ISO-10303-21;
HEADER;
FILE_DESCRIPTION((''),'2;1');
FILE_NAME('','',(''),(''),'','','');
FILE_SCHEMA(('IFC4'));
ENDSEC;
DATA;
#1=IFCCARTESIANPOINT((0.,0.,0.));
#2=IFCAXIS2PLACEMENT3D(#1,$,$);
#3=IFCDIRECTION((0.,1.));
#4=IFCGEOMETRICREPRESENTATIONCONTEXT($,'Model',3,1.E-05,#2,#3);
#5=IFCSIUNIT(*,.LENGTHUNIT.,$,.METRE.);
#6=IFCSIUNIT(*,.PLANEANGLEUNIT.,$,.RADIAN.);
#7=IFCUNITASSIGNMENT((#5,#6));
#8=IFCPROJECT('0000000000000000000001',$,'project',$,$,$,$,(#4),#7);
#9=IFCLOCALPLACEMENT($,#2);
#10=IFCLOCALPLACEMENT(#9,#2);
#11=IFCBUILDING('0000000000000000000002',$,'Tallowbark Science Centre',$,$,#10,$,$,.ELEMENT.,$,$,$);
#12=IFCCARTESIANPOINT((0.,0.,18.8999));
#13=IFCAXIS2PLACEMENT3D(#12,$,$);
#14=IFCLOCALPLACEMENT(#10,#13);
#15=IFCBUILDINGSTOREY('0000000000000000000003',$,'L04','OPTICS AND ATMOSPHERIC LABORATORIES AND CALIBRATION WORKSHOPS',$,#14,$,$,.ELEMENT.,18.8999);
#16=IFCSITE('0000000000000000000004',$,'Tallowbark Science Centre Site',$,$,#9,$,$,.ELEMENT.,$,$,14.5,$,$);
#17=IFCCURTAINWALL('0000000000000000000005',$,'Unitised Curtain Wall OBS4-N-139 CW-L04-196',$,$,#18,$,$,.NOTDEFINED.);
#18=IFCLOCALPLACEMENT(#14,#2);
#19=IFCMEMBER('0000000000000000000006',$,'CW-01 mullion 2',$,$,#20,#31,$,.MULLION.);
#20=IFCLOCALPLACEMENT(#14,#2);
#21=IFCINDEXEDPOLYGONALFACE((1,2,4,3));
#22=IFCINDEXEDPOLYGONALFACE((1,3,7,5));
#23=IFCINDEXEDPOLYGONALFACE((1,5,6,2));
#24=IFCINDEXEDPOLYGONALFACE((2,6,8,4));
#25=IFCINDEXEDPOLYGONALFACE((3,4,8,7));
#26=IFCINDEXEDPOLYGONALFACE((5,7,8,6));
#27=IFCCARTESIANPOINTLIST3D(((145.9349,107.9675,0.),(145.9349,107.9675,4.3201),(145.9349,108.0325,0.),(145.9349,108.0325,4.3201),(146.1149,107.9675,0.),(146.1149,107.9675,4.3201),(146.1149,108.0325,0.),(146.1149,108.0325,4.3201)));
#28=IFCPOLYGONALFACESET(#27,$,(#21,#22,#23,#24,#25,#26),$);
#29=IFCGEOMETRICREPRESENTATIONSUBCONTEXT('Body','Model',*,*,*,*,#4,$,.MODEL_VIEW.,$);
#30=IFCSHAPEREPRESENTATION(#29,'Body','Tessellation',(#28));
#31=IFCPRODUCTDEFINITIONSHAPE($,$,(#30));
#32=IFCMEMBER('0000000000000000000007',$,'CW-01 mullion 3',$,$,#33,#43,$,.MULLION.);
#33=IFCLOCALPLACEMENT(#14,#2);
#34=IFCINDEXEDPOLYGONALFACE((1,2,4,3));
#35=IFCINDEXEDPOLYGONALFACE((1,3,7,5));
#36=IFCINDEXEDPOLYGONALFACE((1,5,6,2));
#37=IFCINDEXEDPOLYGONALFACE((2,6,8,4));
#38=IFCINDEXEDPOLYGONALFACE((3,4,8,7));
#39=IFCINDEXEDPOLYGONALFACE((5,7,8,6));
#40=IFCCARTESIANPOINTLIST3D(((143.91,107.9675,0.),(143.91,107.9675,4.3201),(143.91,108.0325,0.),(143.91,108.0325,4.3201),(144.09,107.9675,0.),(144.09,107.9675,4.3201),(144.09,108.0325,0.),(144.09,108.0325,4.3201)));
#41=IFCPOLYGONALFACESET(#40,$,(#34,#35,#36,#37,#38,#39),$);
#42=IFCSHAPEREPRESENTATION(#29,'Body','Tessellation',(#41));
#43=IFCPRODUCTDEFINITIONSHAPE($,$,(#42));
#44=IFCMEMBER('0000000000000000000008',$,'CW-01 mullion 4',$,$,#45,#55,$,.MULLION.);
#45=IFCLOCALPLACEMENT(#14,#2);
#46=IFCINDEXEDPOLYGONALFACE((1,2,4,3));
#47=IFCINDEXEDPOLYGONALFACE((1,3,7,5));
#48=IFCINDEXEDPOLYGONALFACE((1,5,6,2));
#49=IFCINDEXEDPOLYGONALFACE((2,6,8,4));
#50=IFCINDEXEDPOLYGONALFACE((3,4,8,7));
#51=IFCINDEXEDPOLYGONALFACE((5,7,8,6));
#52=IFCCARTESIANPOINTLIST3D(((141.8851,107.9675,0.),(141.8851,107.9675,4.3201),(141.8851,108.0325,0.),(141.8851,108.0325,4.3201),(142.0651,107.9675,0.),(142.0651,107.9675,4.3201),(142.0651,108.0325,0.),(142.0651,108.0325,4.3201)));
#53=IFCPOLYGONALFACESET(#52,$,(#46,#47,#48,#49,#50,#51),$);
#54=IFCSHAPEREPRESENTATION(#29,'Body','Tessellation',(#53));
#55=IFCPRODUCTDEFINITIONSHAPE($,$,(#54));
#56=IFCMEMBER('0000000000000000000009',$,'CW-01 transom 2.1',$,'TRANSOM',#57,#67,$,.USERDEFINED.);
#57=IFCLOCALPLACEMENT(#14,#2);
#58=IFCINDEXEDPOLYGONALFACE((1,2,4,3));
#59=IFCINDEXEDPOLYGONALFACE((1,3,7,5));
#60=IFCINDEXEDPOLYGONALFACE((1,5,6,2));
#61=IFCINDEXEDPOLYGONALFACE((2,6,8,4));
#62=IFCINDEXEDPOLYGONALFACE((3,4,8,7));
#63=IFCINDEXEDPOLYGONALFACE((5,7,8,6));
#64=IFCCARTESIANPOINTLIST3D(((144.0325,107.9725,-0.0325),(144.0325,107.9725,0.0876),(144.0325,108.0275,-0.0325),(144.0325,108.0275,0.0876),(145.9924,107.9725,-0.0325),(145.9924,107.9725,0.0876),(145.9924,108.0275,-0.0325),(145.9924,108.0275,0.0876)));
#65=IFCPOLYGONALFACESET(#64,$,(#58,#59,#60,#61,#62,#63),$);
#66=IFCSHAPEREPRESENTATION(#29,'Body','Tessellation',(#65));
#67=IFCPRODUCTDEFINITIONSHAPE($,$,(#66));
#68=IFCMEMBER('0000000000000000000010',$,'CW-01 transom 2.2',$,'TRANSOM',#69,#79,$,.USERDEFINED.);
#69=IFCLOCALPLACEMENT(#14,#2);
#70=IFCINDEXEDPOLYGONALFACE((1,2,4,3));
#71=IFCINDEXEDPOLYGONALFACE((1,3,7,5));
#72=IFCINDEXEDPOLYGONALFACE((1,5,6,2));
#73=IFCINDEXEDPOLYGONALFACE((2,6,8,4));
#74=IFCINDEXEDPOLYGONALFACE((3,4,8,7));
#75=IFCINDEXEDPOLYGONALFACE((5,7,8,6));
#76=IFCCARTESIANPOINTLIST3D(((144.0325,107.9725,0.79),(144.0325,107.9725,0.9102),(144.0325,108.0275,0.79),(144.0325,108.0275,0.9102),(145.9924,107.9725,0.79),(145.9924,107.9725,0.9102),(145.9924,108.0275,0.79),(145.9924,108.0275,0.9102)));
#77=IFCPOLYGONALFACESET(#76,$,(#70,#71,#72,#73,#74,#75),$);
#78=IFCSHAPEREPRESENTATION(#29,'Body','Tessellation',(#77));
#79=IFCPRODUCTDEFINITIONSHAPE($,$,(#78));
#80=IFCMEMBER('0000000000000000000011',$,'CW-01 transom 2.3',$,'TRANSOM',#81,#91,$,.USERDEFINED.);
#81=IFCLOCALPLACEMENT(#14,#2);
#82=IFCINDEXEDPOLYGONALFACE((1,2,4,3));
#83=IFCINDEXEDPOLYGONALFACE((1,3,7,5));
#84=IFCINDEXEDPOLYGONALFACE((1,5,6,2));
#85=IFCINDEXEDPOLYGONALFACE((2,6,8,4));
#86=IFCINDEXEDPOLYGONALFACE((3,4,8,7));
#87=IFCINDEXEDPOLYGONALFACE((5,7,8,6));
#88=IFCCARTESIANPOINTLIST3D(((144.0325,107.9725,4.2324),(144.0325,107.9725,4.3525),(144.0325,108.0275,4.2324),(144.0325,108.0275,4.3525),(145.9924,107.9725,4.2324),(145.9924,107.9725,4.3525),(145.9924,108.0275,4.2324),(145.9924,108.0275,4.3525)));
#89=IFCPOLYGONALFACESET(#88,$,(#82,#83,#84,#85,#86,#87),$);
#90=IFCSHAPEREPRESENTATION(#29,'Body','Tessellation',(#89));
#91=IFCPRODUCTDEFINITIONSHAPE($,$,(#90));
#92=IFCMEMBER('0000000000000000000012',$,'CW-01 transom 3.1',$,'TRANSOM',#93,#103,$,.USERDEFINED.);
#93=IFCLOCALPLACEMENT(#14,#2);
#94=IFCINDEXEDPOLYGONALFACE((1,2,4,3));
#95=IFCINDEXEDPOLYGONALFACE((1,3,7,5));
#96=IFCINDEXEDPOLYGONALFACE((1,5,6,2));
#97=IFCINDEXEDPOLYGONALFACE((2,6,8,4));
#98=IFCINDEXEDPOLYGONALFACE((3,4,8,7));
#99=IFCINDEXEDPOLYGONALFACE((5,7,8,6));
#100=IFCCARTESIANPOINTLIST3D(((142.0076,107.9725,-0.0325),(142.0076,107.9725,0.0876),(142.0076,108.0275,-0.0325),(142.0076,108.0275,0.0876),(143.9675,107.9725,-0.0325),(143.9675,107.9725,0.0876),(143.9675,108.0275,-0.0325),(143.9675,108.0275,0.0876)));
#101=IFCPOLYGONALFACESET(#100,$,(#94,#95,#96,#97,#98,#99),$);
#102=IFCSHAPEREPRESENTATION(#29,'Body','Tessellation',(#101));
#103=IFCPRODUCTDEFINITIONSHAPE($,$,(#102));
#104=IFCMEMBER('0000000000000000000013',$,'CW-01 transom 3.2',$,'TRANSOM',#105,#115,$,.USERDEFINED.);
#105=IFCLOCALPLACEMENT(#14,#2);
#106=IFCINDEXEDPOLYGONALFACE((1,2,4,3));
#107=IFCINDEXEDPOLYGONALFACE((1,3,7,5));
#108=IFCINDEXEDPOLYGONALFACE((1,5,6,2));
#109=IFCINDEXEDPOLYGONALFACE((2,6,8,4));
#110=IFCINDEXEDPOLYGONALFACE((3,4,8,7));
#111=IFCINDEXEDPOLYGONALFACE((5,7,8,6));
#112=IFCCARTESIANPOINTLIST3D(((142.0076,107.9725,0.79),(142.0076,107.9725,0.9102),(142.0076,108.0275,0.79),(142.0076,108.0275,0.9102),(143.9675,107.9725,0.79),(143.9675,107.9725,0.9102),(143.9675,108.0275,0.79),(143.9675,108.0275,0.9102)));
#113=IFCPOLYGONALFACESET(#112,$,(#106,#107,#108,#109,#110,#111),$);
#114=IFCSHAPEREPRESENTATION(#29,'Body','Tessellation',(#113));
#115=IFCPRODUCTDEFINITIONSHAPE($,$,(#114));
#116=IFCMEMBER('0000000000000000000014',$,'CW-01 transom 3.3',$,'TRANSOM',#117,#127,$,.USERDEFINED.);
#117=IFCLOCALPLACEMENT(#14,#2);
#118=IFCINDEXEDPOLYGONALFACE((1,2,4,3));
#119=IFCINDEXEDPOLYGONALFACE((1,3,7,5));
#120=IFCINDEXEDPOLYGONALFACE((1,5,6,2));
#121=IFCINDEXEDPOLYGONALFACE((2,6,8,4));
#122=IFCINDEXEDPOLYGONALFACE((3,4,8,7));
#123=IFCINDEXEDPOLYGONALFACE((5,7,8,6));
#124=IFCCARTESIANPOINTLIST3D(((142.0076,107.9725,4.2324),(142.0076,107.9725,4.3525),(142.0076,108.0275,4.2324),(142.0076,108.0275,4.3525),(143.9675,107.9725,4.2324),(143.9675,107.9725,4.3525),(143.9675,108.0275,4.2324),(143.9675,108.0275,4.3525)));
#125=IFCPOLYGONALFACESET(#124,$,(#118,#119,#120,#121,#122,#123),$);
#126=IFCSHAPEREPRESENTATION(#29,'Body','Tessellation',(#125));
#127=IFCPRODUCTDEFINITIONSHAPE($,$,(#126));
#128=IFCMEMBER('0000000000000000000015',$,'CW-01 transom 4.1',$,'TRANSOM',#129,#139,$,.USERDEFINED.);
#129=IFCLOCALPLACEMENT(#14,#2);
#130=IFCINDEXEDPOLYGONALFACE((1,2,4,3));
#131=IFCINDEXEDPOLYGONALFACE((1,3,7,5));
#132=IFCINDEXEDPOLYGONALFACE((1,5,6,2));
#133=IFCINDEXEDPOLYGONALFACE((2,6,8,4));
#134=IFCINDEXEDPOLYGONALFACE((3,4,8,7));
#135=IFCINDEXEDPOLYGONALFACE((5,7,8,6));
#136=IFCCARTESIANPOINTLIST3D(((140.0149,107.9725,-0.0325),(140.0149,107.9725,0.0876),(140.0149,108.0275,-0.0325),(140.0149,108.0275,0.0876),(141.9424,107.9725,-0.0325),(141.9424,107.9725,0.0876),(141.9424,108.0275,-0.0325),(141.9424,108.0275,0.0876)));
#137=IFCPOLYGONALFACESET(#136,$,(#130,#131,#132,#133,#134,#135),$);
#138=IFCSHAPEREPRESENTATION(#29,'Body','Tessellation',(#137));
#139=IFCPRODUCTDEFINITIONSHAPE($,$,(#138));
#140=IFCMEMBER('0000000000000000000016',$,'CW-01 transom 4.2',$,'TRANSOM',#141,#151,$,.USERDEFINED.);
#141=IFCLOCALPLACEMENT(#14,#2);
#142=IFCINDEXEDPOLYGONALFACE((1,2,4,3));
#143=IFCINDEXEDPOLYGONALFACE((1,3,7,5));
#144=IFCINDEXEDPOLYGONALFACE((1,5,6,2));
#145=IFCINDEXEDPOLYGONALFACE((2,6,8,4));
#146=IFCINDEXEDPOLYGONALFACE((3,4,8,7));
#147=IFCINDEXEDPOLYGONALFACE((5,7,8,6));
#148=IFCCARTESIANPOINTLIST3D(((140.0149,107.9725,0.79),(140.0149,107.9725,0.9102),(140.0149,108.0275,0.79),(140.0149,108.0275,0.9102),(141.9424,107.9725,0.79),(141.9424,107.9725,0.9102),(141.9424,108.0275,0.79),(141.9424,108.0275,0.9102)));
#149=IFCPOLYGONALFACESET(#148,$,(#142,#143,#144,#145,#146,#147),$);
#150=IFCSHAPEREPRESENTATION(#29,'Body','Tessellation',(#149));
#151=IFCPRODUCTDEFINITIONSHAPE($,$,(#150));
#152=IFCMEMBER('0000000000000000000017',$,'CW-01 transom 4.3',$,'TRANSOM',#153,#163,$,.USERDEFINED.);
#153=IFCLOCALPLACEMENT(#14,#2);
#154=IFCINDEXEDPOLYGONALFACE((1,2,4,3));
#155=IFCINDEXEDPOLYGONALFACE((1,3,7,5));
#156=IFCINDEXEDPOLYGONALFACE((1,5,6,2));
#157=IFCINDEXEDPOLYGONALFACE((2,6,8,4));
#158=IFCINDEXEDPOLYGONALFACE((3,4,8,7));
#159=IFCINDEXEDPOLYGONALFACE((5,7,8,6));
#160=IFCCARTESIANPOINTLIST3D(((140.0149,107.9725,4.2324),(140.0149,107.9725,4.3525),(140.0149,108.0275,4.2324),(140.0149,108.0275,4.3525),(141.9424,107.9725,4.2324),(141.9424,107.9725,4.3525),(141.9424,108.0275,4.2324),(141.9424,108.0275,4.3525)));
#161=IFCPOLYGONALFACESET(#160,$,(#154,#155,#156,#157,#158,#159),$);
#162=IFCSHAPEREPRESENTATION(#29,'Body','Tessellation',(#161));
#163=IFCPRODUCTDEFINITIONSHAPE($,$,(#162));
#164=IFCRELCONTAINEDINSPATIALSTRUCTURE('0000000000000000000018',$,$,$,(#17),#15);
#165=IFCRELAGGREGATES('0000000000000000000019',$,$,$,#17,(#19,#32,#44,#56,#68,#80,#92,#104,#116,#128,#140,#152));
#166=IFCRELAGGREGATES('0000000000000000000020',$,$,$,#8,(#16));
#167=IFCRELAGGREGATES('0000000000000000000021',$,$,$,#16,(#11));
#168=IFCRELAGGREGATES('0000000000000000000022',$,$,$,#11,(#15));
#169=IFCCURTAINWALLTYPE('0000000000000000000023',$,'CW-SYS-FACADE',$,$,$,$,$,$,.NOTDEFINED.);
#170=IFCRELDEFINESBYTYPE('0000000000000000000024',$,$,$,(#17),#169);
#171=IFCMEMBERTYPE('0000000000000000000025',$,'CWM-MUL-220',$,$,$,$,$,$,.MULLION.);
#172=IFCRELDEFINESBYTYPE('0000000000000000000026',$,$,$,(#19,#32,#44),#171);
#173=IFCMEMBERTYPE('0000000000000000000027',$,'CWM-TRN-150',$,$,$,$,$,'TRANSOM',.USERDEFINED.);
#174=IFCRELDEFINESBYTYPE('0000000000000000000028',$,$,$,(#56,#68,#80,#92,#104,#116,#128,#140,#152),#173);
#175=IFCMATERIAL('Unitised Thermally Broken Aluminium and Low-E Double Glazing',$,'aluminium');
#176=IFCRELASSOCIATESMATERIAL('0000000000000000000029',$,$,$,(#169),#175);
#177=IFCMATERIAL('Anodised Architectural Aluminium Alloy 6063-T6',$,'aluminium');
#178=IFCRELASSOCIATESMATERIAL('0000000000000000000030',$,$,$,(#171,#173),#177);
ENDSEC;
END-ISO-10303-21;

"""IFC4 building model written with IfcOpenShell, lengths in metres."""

from ifc_helpers import new_model, si_unit, direction, frame, origin, origin_2d, place, context, subcontext, project, spatial, rectangle, extrude, material, material_profile, profile_set, type_object, element, aggregate, save


model = new_model("IFC4")

# Units and contexts
model_context = context("Model", 3, precision=1e-05, world=origin(), true_north=direction((0.0, 1.0)))
body_context = subcontext(model_context, "Body", "Model", "MODEL_VIEW")
ifc_project = project(units=[si_unit("LENGTHUNIT", "METRE"), si_unit("PLANEANGLEUNIT", "RADIAN")], contexts=[model_context])

# Site, building, storey
site_placement = place(None, origin())
site = spatial("IfcSite", under=ifc_project, at=site_placement, Name="Tallowbark Science Centre Site", CompositionType="ELEMENT", RefElevation=14.5)
building_placement = place(site_placement, origin())
building = spatial("IfcBuilding", under=site, at=building_placement, Name="Tallowbark Science Centre", CompositionType="ELEMENT")
storey_placement = place(building_placement, frame((0.0, 0.0, 18.8999)))
storey = spatial("IfcBuildingStorey", under=building, at=storey_placement, Name="L04", Description="OPTICS AND ATMOSPHERIC LABORATORIES AND CALIBRATION WORKSHOPS", CompositionType="ELEMENT", Elevation=18.8999)

# Curtain wall, members
ifc_material_1 = material(Name="Unitised Thermally Broken Aluminium and Low-E Double Glazing", Category="aluminium")
curtain_wall_type = type_object("IfcCurtainWallType", Name="CW-SYS-FACADE", PredefinedType="NOTDEFINED", material=ifc_material_1)
curtain_wall_placement = place(storey_placement, origin())
curtain_wall = element("IfcCurtainWall", 1, at=curtain_wall_placement, inside=storey, type_object=curtain_wall_type, Name="Unitised Curtain Wall OBS4-N-139 CW-L04-196", PredefinedType="NOTDEFINED")
ifc_material_2 = material(Name="Anodised Architectural Aluminium Alloy 6063-T6", Category="aluminium")
ifc_material_profile_1 = material_profile(ifc_material_2, rectangle(XDim=0.0649, YDim=0.1799, at=origin_2d()), Name="ALU65x180")
ifc_profile_set_1 = profile_set([ifc_material_profile_1], Name="Anodised Architectural Aluminium Alloy 6063-T6")
member_type_1 = type_object("IfcMemberType", Name="CWM-MUL-220", PredefinedType="MULLION", material=ifc_profile_set_1)
member_1_placement = place(storey_placement, frame((146.0249, 108.0, 0.0), z_axis=(0.0, 0.0, 1.0), x_axis=(0.0, -1.0, 0.0)))
member_1 = element("IfcMember", 2, at=member_1_placement, type_object=member_type_1, Name="CW-01 mullion 2", PredefinedType="MULLION", context=body_context, shape_type="SweptSolid", body=[
    extrude(rectangle(XDim=0.0649, YDim=0.1799, at=origin_2d()), origin(), (0.0, 0.0, 1.0), 4.3201),
])
member_2_placement = place(storey_placement, frame((144.0, 108.0, 0.0), z_axis=(0.0, 0.0, 1.0), x_axis=(0.0, -1.0, 0.0)))
member_2 = element("IfcMember", 3, at=member_2_placement, type_object=member_type_1, Name="CW-01 mullion 3", PredefinedType="MULLION", context=body_context, shape_type="SweptSolid", body=[
    extrude(rectangle(XDim=0.0649, YDim=0.1799, at=origin_2d()), origin(), (0.0, 0.0, 1.0), 4.3201),
])
member_3_placement = place(storey_placement, frame((141.9751, 108.0, 0.0), z_axis=(0.0, 0.0, 1.0), x_axis=(0.0, -1.0, 0.0)))
member_3 = element("IfcMember", 4, at=member_3_placement, type_object=member_type_1, Name="CW-01 mullion 4", PredefinedType="MULLION", context=body_context, shape_type="SweptSolid", body=[
    extrude(rectangle(XDim=0.0649, YDim=0.1799, at=origin_2d()), origin(), (0.0, 0.0, 1.0), 4.3201),
])
ifc_material_profile_2 = material_profile(ifc_material_2, rectangle(XDim=0.0549, YDim=0.1201, at=origin_2d()), Name="ALU55x120")
ifc_profile_set_2 = profile_set([ifc_material_profile_2], Name="Anodised Architectural Aluminium Alloy 6063-T6")
member_type_2 = type_object("IfcMemberType", Name="CWM-TRN-150", ElementType="TRANSOM", PredefinedType="USERDEFINED", material=ifc_profile_set_2)
member_4_placement = place(storey_placement, frame((145.9924, 108.0, 0.0276), z_axis=(-1.0, 0.0, 0.0), x_axis=(0.0, -1.0, 0.0)))
member_4 = element("IfcMember", 5, at=member_4_placement, type_object=member_type_2, Name="CW-01 transom 2.1", ObjectType="TRANSOM", PredefinedType="USERDEFINED", context=body_context, shape_type="SweptSolid", body=[
    extrude(rectangle(XDim=0.0549, YDim=0.1201, at=origin_2d()), origin(), (0.0, 0.0, 1.0), 1.96),
])
member_5_placement = place(storey_placement, frame((145.9924, 108.0, 0.8501), z_axis=(-1.0, 0.0, 0.0), x_axis=(0.0, -1.0, 0.0)))
member_5 = element("IfcMember", 6, at=member_5_placement, type_object=member_type_2, Name="CW-01 transom 2.2", ObjectType="TRANSOM", PredefinedType="USERDEFINED", context=body_context, shape_type="SweptSolid", body=[
    extrude(rectangle(XDim=0.0549, YDim=0.1201, at=origin_2d()), origin(), (0.0, 0.0, 1.0), 1.96),
])
member_6_placement = place(storey_placement, frame((145.9924, 108.0, 4.2925), z_axis=(-1.0, 0.0, 0.0), x_axis=(0.0, -1.0, 0.0)))
member_6 = element("IfcMember", 7, at=member_6_placement, type_object=member_type_2, Name="CW-01 transom 2.3", ObjectType="TRANSOM", PredefinedType="USERDEFINED", context=body_context, shape_type="SweptSolid", body=[
    extrude(rectangle(XDim=0.0549, YDim=0.1201, at=origin_2d()), origin(), (0.0, 0.0, 1.0), 1.96),
])
member_7_placement = place(storey_placement, frame((143.9675, 108.0, 0.0276), z_axis=(-1.0, 0.0, 0.0), x_axis=(0.0, -1.0, 0.0)))
member_7 = element("IfcMember", 8, at=member_7_placement, type_object=member_type_2, Name="CW-01 transom 3.1", ObjectType="TRANSOM", PredefinedType="USERDEFINED", context=body_context, shape_type="SweptSolid", body=[
    extrude(rectangle(XDim=0.0549, YDim=0.1201, at=origin_2d()), origin(), (0.0, 0.0, 1.0), 1.96),
])
member_8_placement = place(storey_placement, frame((143.9675, 108.0, 0.8501), z_axis=(-1.0, 0.0, 0.0), x_axis=(0.0, -1.0, 0.0)))
member_8 = element("IfcMember", 9, at=member_8_placement, type_object=member_type_2, Name="CW-01 transom 3.2", ObjectType="TRANSOM", PredefinedType="USERDEFINED", context=body_context, shape_type="SweptSolid", body=[
    extrude(rectangle(XDim=0.0549, YDim=0.1201, at=origin_2d()), origin(), (0.0, 0.0, 1.0), 1.96),
])
member_9_placement = place(storey_placement, frame((143.9675, 108.0, 4.2925), z_axis=(-1.0, 0.0, 0.0), x_axis=(0.0, -1.0, 0.0)))
member_9 = element("IfcMember", 10, at=member_9_placement, type_object=member_type_2, Name="CW-01 transom 3.3", ObjectType="TRANSOM", PredefinedType="USERDEFINED", context=body_context, shape_type="SweptSolid", body=[
    extrude(rectangle(XDim=0.0549, YDim=0.1201, at=origin_2d()), origin(), (0.0, 0.0, 1.0), 1.96),
])
member_10_placement = place(storey_placement, frame((141.9424, 108.0, 0.0276), z_axis=(-1.0, 0.0, 0.0), x_axis=(0.0, -1.0, 0.0)))
member_10 = element("IfcMember", 11, at=member_10_placement, type_object=member_type_2, Name="CW-01 transom 4.1", ObjectType="TRANSOM", PredefinedType="USERDEFINED", context=body_context, shape_type="SweptSolid", body=[
    extrude(rectangle(XDim=0.0549, YDim=0.1201, at=origin_2d()), origin(), (0.0, 0.0, 1.0), 1.9275),
])
member_11_placement = place(storey_placement, frame((141.9424, 108.0, 0.8501), z_axis=(-1.0, 0.0, 0.0), x_axis=(0.0, -1.0, 0.0)))
member_11 = element("IfcMember", 12, at=member_11_placement, type_object=member_type_2, Name="CW-01 transom 4.2", ObjectType="TRANSOM", PredefinedType="USERDEFINED", context=body_context, shape_type="SweptSolid", body=[
    extrude(rectangle(XDim=0.0549, YDim=0.1201, at=origin_2d()), origin(), (0.0, 0.0, 1.0), 1.9275),
])
member_12_placement = place(storey_placement, frame((141.9424, 108.0, 4.2925), z_axis=(-1.0, 0.0, 0.0), x_axis=(0.0, -1.0, 0.0)))
member_12 = element("IfcMember", 13, at=member_12_placement, type_object=member_type_2, Name="CW-01 transom 4.3", ObjectType="TRANSOM", PredefinedType="USERDEFINED", context=body_context, shape_type="SweptSolid", body=[
    extrude(rectangle(XDim=0.0549, YDim=0.1201, at=origin_2d()), origin(), (0.0, 0.0, 1.0), 1.9275),
])

aggregate(curtain_wall, [member_1, member_2, member_3, member_4, member_5, member_6, member_7, member_8, member_9, member_10, member_11, member_12])

save(model, "model.ifc")
